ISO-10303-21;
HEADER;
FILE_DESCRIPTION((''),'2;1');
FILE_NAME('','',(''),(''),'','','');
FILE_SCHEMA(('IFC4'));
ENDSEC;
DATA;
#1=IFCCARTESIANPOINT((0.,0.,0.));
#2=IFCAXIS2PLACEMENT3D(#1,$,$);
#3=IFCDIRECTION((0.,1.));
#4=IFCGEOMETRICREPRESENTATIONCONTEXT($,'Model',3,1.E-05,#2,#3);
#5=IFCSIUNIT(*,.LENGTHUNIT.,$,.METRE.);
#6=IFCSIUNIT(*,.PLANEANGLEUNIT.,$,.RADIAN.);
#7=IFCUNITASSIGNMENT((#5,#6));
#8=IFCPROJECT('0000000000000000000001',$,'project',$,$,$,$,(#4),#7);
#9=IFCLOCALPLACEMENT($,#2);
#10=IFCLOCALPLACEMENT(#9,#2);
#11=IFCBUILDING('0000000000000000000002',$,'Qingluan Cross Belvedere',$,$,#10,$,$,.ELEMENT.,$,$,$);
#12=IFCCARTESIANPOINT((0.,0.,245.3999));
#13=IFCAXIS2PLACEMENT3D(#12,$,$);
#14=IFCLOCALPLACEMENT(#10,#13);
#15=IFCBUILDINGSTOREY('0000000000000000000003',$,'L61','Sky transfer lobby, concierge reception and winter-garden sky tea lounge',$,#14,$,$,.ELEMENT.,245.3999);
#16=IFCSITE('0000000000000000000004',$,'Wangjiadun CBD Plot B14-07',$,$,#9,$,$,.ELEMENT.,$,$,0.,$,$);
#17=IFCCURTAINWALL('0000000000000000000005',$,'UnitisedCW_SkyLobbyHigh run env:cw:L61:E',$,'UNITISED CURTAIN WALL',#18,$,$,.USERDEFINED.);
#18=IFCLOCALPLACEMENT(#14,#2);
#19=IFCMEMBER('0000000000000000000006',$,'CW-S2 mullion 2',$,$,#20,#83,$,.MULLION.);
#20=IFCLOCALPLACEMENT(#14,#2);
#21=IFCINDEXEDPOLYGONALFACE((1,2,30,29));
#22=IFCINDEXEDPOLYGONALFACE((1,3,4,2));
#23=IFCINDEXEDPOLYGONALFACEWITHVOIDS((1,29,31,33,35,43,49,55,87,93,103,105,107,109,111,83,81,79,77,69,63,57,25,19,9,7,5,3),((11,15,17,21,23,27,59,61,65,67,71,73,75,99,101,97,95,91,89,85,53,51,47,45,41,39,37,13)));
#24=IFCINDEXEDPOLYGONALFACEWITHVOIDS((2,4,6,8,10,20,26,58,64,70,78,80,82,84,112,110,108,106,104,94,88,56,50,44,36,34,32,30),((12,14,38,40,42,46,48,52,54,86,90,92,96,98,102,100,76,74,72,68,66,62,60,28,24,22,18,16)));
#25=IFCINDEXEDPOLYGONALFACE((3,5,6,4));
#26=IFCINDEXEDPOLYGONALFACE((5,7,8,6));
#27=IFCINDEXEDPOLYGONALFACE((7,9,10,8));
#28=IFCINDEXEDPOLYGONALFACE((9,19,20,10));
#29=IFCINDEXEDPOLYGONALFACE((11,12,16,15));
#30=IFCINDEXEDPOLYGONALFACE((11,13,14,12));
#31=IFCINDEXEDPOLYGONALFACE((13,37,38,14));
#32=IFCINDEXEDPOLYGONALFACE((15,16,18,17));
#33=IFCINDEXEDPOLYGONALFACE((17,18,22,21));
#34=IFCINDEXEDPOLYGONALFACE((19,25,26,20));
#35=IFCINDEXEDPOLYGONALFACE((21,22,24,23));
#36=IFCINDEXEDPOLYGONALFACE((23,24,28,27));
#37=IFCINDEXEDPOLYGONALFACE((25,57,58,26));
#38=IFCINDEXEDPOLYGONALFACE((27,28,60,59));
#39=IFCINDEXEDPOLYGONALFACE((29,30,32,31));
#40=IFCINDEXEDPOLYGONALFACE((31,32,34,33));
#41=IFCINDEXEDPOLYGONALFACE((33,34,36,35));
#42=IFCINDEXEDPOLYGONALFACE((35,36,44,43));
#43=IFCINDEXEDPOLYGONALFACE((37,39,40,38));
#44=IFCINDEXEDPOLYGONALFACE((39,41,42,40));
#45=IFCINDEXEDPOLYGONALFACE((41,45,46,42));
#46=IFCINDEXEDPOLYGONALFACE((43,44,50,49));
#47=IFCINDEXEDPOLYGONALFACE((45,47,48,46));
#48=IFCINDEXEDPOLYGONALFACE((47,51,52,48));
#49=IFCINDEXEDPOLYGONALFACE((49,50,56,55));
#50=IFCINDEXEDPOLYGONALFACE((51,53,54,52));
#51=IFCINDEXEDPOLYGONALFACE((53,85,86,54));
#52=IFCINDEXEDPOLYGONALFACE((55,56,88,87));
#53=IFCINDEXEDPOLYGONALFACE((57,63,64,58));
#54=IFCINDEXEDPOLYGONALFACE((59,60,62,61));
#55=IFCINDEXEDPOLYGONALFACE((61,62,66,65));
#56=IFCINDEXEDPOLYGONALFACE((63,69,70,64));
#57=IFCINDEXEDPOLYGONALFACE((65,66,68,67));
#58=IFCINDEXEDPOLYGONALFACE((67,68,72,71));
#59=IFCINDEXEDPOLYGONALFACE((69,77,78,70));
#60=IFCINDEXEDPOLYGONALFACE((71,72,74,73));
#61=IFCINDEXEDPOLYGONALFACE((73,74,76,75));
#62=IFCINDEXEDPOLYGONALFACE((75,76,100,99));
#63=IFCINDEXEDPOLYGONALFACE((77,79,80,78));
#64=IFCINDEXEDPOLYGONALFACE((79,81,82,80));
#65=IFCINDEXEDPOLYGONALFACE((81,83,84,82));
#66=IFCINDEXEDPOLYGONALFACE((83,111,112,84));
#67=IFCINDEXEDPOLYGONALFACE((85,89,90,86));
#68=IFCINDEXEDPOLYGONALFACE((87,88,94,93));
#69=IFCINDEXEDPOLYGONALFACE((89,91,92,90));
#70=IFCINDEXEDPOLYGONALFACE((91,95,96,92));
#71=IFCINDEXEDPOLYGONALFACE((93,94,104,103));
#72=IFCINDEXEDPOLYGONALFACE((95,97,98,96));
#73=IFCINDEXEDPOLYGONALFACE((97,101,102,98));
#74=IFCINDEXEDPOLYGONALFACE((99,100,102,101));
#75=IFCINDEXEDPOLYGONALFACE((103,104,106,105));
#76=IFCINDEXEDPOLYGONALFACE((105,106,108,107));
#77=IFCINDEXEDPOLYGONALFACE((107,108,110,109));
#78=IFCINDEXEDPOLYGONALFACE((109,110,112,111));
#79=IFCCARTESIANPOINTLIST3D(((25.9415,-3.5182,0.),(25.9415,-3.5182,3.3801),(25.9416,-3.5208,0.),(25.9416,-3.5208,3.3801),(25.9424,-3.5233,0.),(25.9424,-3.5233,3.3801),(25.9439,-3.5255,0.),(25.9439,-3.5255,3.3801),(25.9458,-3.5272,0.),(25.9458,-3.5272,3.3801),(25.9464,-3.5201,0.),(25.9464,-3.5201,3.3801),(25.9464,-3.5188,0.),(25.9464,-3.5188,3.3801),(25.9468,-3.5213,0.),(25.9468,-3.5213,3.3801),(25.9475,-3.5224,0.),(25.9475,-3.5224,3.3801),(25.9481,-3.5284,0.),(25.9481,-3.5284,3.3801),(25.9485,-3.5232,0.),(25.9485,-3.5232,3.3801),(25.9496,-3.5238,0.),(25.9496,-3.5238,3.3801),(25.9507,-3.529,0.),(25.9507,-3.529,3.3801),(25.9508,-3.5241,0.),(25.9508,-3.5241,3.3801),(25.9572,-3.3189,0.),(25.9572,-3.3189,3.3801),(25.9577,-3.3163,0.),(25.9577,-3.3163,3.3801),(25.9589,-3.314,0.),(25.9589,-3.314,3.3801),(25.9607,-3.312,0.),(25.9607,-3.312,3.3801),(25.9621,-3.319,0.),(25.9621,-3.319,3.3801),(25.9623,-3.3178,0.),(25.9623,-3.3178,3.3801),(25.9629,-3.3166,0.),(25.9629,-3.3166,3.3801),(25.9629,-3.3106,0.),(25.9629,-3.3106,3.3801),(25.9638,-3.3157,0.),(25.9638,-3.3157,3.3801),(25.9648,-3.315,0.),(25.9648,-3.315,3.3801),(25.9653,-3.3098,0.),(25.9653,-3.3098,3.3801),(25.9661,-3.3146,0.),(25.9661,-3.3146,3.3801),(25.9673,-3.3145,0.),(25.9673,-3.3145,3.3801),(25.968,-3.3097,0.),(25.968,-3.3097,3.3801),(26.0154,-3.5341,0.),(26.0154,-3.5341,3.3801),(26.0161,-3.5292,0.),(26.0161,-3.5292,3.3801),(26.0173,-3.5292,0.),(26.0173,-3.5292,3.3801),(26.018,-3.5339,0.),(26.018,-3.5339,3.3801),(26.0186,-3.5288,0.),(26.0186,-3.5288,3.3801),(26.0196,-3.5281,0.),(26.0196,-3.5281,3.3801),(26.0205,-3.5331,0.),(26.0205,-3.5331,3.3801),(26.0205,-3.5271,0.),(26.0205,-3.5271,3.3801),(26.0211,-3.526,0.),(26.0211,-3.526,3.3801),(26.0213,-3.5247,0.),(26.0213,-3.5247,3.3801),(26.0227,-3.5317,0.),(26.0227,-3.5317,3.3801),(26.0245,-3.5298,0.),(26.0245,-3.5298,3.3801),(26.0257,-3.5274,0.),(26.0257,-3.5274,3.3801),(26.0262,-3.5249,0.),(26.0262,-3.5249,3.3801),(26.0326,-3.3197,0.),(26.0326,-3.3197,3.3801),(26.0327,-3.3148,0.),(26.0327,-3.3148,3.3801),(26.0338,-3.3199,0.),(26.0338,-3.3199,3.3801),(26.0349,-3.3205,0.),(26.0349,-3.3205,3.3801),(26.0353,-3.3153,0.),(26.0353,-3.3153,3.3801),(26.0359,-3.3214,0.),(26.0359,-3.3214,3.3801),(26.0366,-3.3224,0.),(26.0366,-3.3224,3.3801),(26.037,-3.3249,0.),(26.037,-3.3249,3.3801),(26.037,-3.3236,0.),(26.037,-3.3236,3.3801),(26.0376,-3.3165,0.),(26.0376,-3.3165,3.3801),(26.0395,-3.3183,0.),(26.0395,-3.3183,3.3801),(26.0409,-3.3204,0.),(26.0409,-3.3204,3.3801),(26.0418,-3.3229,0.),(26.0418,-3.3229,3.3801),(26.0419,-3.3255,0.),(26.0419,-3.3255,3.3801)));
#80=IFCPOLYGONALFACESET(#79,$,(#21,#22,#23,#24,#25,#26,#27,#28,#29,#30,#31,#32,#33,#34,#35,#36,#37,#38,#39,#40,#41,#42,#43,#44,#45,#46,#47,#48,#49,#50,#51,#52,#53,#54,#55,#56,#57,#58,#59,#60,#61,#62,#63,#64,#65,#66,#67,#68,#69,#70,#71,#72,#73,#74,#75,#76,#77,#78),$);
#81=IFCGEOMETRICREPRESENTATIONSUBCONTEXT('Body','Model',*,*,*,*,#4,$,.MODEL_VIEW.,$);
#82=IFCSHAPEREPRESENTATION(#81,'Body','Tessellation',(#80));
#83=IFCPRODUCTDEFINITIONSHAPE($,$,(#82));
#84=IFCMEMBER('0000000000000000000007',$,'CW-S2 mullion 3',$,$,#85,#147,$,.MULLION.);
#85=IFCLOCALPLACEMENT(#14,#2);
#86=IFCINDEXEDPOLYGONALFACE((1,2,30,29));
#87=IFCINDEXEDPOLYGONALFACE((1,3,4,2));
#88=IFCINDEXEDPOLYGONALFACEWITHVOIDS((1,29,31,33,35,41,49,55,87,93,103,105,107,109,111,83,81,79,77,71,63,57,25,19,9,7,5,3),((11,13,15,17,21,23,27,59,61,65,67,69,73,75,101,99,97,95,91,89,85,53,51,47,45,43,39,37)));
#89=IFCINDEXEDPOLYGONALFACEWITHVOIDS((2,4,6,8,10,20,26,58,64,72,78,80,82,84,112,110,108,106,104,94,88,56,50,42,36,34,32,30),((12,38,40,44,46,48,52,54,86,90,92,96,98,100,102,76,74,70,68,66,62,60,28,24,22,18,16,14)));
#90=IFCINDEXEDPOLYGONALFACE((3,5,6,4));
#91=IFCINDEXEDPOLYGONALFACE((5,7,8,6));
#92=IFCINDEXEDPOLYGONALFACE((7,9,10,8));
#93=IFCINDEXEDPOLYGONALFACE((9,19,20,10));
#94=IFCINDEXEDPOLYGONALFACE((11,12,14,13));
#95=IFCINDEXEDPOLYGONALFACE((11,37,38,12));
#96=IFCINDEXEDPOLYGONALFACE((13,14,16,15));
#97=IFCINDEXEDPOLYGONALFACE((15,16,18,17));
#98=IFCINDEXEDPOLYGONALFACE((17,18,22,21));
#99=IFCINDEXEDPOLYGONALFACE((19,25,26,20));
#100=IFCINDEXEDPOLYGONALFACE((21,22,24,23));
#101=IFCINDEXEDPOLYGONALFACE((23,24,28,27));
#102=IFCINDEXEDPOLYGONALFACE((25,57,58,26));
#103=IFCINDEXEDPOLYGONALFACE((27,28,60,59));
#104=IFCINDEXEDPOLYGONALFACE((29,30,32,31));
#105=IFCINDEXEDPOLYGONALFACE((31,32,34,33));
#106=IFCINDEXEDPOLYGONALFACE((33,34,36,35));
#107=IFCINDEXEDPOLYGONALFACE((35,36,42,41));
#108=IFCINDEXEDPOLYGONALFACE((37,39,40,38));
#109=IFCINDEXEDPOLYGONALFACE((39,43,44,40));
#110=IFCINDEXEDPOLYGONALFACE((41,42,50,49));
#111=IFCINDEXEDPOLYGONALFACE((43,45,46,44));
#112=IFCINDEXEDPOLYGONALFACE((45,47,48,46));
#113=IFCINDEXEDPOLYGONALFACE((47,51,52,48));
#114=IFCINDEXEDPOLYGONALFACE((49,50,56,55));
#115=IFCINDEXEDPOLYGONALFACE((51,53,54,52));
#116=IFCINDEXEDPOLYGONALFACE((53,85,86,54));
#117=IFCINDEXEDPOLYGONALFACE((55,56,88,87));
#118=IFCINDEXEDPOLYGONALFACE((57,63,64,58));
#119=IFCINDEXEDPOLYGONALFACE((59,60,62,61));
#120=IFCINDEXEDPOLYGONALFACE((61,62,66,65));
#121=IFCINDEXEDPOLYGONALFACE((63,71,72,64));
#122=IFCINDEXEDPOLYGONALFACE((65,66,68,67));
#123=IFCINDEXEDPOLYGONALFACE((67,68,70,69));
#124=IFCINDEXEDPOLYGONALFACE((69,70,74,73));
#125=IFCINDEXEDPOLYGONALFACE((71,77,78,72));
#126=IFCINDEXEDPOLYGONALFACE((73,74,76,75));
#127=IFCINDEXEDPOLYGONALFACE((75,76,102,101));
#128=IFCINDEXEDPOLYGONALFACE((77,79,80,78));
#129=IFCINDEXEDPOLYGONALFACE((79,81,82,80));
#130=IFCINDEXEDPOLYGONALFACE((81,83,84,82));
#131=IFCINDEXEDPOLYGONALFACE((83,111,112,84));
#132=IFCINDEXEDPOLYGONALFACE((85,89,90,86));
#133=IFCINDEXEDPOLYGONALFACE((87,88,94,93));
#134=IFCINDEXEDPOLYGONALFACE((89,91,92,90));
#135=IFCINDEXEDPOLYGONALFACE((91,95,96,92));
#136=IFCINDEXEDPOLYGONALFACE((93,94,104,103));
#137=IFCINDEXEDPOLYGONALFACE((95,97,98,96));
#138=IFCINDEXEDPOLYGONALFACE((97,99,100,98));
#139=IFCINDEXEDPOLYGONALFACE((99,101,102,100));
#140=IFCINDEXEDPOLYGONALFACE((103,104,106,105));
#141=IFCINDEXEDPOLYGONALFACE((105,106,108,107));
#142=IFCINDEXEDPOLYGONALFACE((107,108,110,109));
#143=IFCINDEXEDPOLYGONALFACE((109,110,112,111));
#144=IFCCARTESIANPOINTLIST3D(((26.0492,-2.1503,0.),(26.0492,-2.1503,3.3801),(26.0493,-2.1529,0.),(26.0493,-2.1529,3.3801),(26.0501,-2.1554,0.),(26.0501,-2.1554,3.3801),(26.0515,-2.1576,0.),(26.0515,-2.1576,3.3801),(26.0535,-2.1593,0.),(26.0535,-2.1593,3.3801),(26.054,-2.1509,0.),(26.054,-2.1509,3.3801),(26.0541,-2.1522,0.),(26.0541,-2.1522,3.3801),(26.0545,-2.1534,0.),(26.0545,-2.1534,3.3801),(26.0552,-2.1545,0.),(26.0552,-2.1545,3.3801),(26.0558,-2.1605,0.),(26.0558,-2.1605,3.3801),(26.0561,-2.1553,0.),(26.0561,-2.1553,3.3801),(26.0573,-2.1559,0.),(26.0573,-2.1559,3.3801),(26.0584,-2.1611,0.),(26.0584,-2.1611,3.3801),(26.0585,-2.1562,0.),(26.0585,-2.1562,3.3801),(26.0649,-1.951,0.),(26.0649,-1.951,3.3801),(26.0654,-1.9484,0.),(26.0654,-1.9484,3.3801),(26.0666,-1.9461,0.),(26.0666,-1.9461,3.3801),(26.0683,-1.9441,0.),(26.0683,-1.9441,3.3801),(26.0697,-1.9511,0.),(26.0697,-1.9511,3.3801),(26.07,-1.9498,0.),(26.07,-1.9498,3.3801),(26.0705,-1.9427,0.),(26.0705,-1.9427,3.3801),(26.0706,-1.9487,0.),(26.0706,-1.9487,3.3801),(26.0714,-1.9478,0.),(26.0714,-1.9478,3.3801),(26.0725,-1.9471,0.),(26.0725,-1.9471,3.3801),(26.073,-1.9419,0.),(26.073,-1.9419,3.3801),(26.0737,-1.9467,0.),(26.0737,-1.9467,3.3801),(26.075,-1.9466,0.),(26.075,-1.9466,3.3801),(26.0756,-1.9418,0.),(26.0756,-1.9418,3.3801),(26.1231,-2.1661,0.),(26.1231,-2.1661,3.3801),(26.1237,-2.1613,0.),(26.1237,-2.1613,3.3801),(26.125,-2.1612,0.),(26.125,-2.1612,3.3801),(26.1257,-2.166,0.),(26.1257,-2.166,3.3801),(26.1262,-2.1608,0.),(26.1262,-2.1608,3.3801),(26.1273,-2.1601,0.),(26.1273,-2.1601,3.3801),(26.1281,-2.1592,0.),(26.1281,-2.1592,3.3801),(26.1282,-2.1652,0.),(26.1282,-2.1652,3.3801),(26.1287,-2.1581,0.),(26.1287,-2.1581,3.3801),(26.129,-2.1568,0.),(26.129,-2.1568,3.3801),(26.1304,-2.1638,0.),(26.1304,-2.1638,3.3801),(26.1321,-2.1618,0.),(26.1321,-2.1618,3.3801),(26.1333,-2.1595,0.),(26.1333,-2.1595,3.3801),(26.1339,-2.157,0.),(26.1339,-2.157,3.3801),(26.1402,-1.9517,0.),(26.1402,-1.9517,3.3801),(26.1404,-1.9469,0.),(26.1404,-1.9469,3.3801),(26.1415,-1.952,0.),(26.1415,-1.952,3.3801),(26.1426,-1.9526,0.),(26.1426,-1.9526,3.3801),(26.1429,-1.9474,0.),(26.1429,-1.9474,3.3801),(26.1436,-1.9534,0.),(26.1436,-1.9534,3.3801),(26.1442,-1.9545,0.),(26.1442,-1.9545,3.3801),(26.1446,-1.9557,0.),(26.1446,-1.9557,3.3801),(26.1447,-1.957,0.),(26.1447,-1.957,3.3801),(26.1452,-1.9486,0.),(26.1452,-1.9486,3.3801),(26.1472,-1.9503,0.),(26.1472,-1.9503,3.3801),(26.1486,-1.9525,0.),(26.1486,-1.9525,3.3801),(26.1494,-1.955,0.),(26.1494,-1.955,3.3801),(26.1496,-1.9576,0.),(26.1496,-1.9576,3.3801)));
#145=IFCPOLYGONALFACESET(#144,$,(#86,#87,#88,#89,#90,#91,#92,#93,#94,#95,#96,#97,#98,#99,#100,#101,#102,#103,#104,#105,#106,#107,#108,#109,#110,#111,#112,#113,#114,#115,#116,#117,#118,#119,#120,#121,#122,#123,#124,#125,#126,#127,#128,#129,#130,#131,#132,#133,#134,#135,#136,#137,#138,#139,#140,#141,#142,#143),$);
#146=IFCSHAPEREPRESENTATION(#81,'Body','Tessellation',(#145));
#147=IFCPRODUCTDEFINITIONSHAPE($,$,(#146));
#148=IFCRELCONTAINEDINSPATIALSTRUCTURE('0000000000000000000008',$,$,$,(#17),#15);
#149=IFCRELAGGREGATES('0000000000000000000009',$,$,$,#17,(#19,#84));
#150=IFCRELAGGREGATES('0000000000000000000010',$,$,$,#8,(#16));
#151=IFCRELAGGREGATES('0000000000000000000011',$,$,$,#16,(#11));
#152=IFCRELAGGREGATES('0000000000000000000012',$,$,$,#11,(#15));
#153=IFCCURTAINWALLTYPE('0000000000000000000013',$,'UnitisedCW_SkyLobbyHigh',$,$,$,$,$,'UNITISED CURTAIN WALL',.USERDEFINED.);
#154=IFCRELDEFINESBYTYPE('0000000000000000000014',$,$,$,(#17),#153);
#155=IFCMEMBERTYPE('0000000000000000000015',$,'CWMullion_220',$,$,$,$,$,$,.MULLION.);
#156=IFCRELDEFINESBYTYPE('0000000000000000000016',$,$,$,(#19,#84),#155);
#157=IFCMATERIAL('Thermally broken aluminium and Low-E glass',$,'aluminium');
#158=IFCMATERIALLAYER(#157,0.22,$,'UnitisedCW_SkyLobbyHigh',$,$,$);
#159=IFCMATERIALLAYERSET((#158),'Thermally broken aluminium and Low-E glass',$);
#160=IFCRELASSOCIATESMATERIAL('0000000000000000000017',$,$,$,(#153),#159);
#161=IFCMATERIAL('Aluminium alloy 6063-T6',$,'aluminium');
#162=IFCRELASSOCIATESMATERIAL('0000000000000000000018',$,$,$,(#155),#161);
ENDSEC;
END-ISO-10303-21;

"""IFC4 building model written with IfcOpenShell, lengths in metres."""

from ifc_helpers import new_model, si_unit, direction, frame, origin, origin_2d, place, context, subcontext, project, spatial, hollow_rectangle, extrude, material, layer, layer_set, material_profile, profile_set, type_object, element, aggregate, save


model = new_model("IFC4")

# Units and contexts
model_context = context("Model", 3, precision=1e-05, world=origin(), true_north=direction((0.0, 1.0)))
body_context = subcontext(model_context, "Body", "Model", "MODEL_VIEW")
ifc_project = project(units=[si_unit("LENGTHUNIT", "METRE"), si_unit("PLANEANGLEUNIT", "RADIAN")], contexts=[model_context])

# Site, building, storey
site_placement = place(None, origin())
site = spatial("IfcSite", under=ifc_project, at=site_placement, Name="Wangjiadun CBD Plot B14-07", CompositionType="ELEMENT", RefElevation=0.0)
building_placement = place(site_placement, origin())
building = spatial("IfcBuilding", under=site, at=building_placement, Name="Qingluan Cross Belvedere", CompositionType="ELEMENT")
storey_placement = place(building_placement, frame((0.0, 0.0, 245.3999)))
storey = spatial("IfcBuildingStorey", under=building, at=storey_placement, Name="L61", Description="Sky transfer lobby, concierge reception and winter-garden sky tea lounge", CompositionType="ELEMENT", Elevation=245.3999)

# Curtain wall, members
ifc_material_1 = material(Name="Thermally broken aluminium and Low-E glass", Category="aluminium")
ifc_layer_1 = layer(ifc_material_1, 0.22, Name="UnitisedCW_SkyLobbyHigh")
ifc_layer_set_1 = layer_set([ifc_layer_1], Name="Thermally broken aluminium and Low-E glass")
curtain_wall_type = type_object("IfcCurtainWallType", Name="UnitisedCW_SkyLobbyHigh", ElementType="UNITISED CURTAIN WALL", PredefinedType="USERDEFINED", material=ifc_layer_set_1)
curtain_wall_placement = place(storey_placement, origin())
curtain_wall = element("IfcCurtainWall", 1, at=curtain_wall_placement, inside=storey, type_object=curtain_wall_type, Name="UnitisedCW_SkyLobbyHigh run env:cw:L61:E", ObjectType="UNITISED CURTAIN WALL", PredefinedType="USERDEFINED")
ifc_material_2 = material(Name="Aluminium alloy 6063-T6", Category="aluminium")
ifc_material_profile_1 = material_profile(ifc_material_2, hollow_rectangle(XDim=0.085, YDim=0.22, WallThickness=0.0049, InnerFilletRadius=0.0049, OuterFilletRadius=0.01, at=origin_2d()), Name="CWM220x85x5")
ifc_profile_set_1 = profile_set([ifc_material_profile_1], Name="Aluminium alloy 6063-T6")
member_type_1 = type_object("IfcMemberType", Name="CWMullion_220", PredefinedType="MULLION", material=ifc_profile_set_1)
member_1_placement = place(storey_placement, frame((25.9917, -3.4219, 0.0), z_axis=(0.0, 0.0, 1.0), x_axis=(-0.996917, 0.078462, 0.0)))
member_1 = element("IfcMember", 2, at=member_1_placement, type_object=member_type_1, Name="CW-S2 mullion 2", PredefinedType="MULLION", context=body_context, shape_type="SweptSolid", body=[
    extrude(hollow_rectangle(XDim=0.085, YDim=0.22, WallThickness=0.0049, InnerFilletRadius=0.0049, OuterFilletRadius=0.01, at=origin_2d()), origin(), (0.0, 0.0, 1.0), 3.3801),
])
member_2_placement = place(storey_placement, frame((26.0994, -2.054, 0.0), z_axis=(0.0, 0.0, 1.0), x_axis=(-0.996917, 0.078462, 0.0)))
member_2 = element("IfcMember", 3, at=member_2_placement, type_object=member_type_1, Name="CW-S2 mullion 3", PredefinedType="MULLION", context=body_context, shape_type="SweptSolid", body=[
    extrude(hollow_rectangle(XDim=0.085, YDim=0.22, WallThickness=0.0049, InnerFilletRadius=0.0049, OuterFilletRadius=0.01, at=origin_2d()), origin(), (0.0, 0.0, 1.0), 3.3801),
])
aggregate(curtain_wall, [member_1, member_2])

save(model, "model.ifc")
